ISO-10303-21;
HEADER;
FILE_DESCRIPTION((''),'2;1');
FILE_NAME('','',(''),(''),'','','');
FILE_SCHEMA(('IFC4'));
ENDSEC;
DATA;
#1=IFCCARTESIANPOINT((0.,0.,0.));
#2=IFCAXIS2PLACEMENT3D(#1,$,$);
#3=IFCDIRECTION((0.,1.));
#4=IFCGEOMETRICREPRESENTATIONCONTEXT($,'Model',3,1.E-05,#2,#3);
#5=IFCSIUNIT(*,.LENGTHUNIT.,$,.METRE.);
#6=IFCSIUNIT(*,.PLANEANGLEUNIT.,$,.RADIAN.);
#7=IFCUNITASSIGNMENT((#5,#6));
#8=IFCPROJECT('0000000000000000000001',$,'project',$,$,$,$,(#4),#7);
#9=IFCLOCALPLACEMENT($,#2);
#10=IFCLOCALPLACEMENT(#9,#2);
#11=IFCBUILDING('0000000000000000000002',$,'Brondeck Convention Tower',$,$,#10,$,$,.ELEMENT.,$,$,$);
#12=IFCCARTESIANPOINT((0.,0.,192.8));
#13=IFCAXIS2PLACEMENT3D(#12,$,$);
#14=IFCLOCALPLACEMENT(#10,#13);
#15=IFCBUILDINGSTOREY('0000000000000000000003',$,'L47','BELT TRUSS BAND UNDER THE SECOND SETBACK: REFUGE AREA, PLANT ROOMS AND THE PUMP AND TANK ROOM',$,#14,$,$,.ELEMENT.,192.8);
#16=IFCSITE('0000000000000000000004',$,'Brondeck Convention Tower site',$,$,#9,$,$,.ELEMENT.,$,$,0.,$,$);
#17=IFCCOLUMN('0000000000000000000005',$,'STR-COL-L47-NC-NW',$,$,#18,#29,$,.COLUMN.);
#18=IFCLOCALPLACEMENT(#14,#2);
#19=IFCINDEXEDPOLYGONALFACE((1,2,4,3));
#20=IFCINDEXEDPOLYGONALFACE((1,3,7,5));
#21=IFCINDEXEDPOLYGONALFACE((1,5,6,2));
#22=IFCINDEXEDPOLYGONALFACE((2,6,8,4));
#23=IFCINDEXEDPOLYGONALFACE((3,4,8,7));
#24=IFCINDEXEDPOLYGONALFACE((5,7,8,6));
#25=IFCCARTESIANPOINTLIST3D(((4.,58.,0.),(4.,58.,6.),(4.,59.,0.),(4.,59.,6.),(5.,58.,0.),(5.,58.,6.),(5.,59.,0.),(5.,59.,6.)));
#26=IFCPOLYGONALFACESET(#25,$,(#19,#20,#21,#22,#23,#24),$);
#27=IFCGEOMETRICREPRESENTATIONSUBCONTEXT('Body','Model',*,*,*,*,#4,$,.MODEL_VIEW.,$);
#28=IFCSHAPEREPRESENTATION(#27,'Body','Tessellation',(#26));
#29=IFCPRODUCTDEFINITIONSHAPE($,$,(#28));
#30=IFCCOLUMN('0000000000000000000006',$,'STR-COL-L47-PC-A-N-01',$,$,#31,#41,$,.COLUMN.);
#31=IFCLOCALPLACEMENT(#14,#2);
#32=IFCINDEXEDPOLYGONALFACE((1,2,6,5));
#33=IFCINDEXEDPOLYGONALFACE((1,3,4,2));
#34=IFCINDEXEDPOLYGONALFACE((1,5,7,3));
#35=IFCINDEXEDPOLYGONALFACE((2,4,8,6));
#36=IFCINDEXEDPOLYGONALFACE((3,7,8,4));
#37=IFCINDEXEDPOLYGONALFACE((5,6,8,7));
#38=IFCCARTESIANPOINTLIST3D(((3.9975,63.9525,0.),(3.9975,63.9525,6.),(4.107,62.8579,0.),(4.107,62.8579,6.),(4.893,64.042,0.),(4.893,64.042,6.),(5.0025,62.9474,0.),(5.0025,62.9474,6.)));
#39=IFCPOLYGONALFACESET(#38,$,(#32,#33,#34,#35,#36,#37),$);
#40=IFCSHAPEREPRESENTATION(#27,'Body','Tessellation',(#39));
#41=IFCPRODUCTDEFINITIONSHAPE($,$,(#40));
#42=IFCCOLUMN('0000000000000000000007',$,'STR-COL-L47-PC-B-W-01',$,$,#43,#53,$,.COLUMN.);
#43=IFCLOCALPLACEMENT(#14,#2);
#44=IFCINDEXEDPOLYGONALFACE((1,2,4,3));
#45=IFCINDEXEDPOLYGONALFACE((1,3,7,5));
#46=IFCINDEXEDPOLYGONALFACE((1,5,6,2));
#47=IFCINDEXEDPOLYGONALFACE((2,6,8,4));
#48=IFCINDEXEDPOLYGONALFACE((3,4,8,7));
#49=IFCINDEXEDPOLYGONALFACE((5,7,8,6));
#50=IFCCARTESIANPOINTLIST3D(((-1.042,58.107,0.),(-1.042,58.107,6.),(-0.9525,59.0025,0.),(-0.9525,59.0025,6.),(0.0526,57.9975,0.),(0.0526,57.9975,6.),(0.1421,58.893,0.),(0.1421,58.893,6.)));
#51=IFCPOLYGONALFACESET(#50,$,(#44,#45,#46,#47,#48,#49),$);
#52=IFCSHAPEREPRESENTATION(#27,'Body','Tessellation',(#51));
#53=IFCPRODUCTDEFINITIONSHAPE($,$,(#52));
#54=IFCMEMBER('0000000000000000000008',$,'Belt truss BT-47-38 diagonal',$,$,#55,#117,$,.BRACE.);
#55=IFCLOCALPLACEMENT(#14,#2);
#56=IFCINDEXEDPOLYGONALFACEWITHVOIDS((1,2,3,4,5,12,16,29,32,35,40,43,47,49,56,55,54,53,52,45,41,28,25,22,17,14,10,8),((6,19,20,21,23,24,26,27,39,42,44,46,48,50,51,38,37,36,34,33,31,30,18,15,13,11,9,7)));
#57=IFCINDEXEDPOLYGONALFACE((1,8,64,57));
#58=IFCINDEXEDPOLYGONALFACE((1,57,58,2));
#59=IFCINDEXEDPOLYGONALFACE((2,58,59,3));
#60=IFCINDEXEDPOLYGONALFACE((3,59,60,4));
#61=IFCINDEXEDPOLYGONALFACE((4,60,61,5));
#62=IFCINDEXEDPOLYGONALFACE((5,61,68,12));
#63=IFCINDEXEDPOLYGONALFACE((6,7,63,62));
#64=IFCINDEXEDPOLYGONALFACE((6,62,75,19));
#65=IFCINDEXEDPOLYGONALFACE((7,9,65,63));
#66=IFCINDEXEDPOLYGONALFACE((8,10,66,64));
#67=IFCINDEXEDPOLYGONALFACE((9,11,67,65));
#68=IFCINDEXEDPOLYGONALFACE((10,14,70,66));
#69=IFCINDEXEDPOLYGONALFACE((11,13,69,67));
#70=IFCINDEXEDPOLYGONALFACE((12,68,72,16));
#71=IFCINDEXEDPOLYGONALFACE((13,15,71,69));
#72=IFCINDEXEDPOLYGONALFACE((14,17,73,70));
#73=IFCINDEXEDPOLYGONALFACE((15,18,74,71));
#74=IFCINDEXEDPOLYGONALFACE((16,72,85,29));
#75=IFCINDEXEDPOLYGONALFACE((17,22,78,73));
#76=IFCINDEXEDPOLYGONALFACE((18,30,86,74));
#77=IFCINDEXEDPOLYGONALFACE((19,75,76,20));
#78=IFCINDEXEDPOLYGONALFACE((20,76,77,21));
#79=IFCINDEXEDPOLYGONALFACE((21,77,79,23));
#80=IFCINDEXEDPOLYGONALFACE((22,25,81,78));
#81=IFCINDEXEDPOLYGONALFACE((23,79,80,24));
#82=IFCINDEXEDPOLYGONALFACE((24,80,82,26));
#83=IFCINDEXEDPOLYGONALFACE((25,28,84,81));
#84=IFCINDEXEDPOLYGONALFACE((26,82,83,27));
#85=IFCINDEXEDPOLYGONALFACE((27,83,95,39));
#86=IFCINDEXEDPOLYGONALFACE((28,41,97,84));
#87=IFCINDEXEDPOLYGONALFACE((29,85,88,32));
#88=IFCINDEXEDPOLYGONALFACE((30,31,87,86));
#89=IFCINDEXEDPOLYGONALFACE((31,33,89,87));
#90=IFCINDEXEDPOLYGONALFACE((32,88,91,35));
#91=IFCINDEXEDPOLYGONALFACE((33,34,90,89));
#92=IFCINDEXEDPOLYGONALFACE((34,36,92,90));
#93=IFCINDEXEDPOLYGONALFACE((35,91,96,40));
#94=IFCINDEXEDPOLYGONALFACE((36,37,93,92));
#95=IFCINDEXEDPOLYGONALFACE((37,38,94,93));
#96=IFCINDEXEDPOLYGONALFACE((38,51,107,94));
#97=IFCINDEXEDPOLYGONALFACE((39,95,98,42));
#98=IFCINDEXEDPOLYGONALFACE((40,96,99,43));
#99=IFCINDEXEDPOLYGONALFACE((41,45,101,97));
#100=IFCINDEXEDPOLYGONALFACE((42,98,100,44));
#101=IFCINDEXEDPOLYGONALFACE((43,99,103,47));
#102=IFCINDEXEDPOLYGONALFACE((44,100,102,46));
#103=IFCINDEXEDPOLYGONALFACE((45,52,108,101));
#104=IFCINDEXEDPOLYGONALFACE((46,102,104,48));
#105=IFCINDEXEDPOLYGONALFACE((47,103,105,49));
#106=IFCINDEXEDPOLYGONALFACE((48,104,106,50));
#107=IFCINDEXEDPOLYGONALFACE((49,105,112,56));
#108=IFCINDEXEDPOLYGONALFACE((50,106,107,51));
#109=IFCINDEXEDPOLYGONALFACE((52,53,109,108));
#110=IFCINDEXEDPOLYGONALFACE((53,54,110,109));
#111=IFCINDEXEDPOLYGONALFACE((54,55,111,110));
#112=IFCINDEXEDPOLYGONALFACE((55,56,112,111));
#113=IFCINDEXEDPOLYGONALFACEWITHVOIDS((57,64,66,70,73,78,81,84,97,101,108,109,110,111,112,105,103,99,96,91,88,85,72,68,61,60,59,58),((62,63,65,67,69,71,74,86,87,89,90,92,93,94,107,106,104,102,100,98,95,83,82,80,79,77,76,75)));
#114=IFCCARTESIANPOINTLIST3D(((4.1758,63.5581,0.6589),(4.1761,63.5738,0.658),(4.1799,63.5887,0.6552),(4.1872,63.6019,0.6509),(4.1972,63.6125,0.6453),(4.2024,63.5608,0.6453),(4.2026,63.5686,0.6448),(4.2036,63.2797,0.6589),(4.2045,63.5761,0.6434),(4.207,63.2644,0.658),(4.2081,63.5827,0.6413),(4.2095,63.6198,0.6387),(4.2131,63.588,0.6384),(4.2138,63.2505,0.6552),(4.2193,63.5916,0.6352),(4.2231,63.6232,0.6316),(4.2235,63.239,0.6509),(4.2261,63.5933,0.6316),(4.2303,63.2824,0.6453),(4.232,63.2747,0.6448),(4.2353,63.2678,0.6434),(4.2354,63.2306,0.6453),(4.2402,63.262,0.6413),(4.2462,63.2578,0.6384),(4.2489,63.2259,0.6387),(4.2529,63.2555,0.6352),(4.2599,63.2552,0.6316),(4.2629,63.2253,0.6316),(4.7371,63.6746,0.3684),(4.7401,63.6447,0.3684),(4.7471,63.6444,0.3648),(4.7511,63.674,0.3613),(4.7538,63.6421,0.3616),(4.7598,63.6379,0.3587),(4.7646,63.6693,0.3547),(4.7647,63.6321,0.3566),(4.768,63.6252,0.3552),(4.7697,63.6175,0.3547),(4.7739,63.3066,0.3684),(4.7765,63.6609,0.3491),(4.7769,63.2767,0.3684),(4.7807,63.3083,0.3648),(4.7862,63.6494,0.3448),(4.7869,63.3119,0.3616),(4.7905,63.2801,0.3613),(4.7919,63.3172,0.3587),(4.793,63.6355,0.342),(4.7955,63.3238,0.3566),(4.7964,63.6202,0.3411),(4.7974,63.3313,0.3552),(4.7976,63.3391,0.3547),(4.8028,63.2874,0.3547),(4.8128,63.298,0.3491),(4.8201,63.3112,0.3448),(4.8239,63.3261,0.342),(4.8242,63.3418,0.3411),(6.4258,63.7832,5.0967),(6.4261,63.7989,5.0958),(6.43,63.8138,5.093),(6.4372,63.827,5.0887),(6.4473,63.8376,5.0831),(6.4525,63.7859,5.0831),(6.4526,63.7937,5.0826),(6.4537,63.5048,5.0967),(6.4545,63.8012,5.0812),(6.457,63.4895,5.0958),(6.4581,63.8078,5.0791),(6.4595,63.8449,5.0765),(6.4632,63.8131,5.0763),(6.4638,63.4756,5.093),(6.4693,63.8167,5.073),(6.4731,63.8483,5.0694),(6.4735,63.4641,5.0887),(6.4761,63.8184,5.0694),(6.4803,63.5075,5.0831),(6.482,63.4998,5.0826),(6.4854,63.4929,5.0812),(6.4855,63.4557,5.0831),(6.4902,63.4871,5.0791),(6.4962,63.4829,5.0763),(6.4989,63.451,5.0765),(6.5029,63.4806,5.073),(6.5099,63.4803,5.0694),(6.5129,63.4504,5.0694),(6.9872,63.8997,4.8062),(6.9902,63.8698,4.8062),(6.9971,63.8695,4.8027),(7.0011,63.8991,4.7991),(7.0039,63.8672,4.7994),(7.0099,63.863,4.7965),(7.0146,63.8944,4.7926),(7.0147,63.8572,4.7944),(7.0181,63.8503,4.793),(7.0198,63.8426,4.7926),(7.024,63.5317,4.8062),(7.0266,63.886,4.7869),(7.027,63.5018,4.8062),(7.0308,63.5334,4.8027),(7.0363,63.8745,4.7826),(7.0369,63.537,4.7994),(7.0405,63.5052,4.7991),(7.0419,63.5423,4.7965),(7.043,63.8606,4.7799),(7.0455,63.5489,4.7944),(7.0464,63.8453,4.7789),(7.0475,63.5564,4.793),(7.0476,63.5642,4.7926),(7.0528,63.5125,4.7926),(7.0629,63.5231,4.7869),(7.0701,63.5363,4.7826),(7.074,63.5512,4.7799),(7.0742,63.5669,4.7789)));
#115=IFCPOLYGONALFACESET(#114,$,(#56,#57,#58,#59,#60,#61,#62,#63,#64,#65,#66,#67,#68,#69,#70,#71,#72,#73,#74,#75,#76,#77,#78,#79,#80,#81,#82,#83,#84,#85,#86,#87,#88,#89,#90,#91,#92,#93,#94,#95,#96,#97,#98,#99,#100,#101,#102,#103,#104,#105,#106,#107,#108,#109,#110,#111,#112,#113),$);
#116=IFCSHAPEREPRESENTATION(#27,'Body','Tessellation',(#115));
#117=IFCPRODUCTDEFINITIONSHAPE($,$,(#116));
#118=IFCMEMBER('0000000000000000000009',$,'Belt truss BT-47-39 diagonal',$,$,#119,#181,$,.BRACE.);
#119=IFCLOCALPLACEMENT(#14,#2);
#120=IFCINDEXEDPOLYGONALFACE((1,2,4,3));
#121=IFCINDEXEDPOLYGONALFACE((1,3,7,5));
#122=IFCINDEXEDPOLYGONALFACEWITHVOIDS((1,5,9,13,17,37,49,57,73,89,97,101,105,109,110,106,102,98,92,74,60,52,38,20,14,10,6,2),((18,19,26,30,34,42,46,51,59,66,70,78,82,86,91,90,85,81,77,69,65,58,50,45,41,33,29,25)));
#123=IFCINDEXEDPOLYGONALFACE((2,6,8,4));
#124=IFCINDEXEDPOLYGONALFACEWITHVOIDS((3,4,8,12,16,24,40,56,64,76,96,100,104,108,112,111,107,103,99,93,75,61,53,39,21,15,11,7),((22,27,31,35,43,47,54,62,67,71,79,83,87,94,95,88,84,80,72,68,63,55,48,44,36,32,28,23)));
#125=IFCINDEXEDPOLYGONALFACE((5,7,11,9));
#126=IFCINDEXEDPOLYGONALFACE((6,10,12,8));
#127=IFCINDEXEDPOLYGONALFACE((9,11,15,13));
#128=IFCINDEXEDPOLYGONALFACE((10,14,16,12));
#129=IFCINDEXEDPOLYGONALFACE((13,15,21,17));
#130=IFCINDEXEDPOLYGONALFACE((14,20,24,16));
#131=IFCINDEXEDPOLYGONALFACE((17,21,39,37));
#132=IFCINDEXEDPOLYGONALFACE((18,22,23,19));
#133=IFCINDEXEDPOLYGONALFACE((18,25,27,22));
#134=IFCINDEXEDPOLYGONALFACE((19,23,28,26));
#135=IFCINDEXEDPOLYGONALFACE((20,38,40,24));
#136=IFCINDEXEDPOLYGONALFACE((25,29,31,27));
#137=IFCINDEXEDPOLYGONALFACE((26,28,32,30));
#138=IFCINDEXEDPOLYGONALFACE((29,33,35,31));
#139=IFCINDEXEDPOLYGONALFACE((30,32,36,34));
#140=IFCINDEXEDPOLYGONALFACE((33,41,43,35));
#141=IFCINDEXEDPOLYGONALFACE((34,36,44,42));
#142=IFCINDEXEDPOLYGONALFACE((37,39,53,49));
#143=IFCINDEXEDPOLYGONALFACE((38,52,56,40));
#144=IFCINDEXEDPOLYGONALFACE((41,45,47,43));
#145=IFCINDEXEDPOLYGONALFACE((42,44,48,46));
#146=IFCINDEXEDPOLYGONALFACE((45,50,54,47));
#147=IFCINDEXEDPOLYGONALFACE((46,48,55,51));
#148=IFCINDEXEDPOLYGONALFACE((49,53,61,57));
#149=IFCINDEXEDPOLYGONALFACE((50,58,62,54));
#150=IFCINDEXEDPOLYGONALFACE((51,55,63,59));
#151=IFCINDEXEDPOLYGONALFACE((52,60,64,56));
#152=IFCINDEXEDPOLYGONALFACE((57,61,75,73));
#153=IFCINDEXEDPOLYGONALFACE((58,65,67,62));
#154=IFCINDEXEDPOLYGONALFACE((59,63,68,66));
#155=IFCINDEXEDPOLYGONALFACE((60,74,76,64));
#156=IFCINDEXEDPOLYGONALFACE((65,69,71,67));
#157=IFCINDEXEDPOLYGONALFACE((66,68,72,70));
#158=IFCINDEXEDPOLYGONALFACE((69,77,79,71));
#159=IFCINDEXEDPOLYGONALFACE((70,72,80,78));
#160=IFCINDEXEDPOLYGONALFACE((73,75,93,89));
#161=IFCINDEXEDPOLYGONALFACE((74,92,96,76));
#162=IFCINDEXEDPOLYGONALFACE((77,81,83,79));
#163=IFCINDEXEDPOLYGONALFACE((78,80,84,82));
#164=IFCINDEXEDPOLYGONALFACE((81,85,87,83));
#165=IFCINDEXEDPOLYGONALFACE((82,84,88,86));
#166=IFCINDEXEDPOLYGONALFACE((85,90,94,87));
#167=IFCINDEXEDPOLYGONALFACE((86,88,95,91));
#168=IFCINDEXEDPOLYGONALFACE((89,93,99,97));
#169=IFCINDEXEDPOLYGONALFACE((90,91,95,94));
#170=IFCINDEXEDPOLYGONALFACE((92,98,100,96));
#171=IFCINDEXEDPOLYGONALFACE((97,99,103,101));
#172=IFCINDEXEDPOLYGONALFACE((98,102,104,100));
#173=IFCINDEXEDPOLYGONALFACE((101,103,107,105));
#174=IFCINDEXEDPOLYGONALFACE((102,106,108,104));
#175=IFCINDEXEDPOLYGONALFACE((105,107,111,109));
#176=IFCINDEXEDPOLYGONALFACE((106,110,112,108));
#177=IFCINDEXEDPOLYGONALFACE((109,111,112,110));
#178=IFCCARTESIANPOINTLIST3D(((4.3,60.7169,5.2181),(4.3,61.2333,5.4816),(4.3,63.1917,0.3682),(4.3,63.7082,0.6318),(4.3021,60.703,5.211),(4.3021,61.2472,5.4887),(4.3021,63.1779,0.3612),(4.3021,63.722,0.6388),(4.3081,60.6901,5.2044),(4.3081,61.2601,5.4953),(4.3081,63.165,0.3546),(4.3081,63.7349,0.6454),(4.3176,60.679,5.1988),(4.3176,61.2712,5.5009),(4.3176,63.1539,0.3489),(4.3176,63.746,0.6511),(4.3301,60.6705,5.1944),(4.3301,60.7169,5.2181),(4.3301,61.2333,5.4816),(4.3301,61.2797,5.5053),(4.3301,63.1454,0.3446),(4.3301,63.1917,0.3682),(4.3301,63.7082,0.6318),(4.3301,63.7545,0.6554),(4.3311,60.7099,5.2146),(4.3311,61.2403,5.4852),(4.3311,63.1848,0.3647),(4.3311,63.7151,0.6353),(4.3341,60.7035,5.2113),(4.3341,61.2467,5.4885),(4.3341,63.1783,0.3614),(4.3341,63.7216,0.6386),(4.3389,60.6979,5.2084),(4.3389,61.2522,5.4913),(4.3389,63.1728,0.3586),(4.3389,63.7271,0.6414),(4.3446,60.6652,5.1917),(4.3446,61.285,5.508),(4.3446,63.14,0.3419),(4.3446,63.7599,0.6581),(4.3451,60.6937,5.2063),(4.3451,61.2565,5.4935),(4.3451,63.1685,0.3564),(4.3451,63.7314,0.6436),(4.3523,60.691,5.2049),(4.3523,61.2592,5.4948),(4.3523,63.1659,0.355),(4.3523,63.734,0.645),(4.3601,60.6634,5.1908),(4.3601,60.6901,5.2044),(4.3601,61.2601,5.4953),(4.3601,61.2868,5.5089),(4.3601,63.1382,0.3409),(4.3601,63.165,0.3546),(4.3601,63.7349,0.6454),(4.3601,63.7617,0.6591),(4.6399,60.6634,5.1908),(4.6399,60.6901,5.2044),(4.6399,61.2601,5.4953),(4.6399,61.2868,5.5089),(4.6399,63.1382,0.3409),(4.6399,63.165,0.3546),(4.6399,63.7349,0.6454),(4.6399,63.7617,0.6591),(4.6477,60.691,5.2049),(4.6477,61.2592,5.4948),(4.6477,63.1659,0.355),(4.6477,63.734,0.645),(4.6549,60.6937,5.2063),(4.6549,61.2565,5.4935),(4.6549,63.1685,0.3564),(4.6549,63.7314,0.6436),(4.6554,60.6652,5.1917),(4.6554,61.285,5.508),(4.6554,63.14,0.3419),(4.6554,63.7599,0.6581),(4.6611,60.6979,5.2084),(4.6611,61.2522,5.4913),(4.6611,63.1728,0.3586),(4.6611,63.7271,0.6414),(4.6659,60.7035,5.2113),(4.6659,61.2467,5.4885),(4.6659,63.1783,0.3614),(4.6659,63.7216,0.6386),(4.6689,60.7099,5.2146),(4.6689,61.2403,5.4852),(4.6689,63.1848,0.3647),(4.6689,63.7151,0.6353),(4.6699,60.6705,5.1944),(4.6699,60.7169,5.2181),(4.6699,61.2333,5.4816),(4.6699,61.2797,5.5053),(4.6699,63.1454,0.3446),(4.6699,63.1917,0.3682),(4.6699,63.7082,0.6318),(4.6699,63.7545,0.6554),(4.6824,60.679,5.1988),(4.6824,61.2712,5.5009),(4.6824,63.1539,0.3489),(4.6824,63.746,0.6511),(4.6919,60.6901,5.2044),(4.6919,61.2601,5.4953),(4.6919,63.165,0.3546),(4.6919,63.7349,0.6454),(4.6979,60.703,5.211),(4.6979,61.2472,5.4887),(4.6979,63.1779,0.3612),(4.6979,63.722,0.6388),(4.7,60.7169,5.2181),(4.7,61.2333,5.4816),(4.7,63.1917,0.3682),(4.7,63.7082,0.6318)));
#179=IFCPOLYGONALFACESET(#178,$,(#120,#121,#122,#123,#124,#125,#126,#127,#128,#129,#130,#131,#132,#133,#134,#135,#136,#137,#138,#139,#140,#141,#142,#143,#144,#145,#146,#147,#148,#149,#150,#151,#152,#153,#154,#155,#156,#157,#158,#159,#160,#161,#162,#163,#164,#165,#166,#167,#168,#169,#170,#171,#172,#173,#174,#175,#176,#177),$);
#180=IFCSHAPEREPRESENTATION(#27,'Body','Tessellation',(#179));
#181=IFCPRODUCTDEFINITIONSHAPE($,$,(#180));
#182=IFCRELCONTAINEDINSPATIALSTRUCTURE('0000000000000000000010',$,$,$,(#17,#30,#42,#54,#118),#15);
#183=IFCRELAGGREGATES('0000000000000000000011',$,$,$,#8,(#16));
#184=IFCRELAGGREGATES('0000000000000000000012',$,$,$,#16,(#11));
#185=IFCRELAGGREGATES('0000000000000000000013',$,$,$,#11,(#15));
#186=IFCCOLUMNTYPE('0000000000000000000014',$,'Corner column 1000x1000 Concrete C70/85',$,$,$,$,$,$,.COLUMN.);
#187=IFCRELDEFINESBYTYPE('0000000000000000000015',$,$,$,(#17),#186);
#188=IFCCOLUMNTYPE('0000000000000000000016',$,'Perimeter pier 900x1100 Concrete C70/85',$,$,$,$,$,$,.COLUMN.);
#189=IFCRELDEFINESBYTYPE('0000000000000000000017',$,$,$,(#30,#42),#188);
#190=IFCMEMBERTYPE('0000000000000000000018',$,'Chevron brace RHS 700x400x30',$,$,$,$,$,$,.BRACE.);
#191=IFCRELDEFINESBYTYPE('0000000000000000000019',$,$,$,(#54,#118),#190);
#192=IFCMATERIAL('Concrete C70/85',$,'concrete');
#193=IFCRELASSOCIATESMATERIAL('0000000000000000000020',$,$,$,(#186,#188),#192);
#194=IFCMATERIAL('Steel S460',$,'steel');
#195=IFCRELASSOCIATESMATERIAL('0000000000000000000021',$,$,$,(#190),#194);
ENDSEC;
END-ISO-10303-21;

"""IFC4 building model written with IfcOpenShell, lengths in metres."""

from ifc_helpers import new_model, si_unit, direction, frame, origin, origin_2d, place, context, subcontext, project, spatial, rectangle, hollow_rectangle, extrude, material, material_profile, profile_set, type_object, element, save


model = new_model("IFC4")

# Units and contexts
model_context = context("Model", 3, precision=1e-05, world=origin(), true_north=direction((0.0, 1.0)))
body_context = subcontext(model_context, "Body", "Model", "MODEL_VIEW")
ifc_project = project(units=[si_unit("LENGTHUNIT", "METRE"), si_unit("PLANEANGLEUNIT", "RADIAN")], contexts=[model_context])

# Site, building, storey
site_placement = place(None, origin())
site = spatial("IfcSite", under=ifc_project, at=site_placement, Name="Brondeck Convention Tower site", CompositionType="ELEMENT", RefElevation=0.0)
building_placement = place(site_placement, origin())
building = spatial("IfcBuilding", under=site, at=building_placement, Name="Brondeck Convention Tower", CompositionType="ELEMENT")
storey_placement = place(building_placement, frame((0.0, 0.0, 192.8)))
storey = spatial("IfcBuildingStorey", under=building, at=storey_placement, Name="L47", Description="BELT TRUSS BAND UNDER THE SECOND SETBACK: REFUGE AREA, PLANT ROOMS AND THE PUMP AND TANK ROOM", CompositionType="ELEMENT", Elevation=192.8)

# Columns
ifc_material_1 = material(Name="Concrete C70/85", Category="concrete")
ifc_material_profile_1 = material_profile(ifc_material_1, rectangle(XDim=1.0, YDim=1.0, at=origin_2d()), Name="Corner column 1000x1000 Concrete C70/85")
ifc_profile_set_1 = profile_set([ifc_material_profile_1], Name="Concrete C70/85")
column_type_1 = type_object("IfcColumnType", Name="Corner column 1000x1000 Concrete C70/85", PredefinedType="COLUMN", material=ifc_profile_set_1)
column_placement = place(storey_placement, frame((4.5, 58.5, 0.0), z_axis=(0.0, 0.0, 1.0), x_axis=(1.0, 0.0, 0.0)))
element("IfcColumn", 1, at=column_placement, inside=storey, type_object=column_type_1, Name="STR-COL-L47-NC-NW", PredefinedType="COLUMN", context=body_context, shape_type="SweptSolid", body=[
    extrude(rectangle(XDim=1.0, YDim=1.0, at=origin_2d()), origin(), (0.0, 0.0, 1.0), 6.0),
])
ifc_material_profile_2 = material_profile(ifc_material_1, rectangle(XDim=0.8999, YDim=1.1001, at=origin_2d()), Name="Perimeter pier 900x1100 Concrete C70/85")
ifc_profile_set_2 = profile_set([ifc_material_profile_2], Name="Concrete C70/85")
column_type_2 = type_object("IfcColumnType", Name="Perimeter pier 900x1100 Concrete C70/85", PredefinedType="COLUMN", material=ifc_profile_set_2)
for number, where, z_axis, x_axis, name in (
    (2, (4.5, 63.45, 0.0), (0.0, 0.0, 1.0), (-0.995037, -0.099504, 0.0), "STR-COL-L47-PC-A-N-01"),
    (3, (-0.45, 58.5, 0.0), (0.0, 0.0, 1.0), (-0.099504, -0.995037, 0.0), "STR-COL-L47-PC-B-W-01"),
):
    element("IfcColumn", number, at=place(storey_placement, frame(where, z_axis=z_axis, x_axis=x_axis)), inside=storey, type_object=column_type_2, Name=name, PredefinedType="COLUMN", context=body_context, shape_type="SweptSolid", body=[
        extrude(rectangle(XDim=0.8999, YDim=1.1001, at=origin_2d()), origin(), (0.0, 0.0, 1.0), 6.0),
    ])

# Members
ifc_material_2 = material(Name="Steel S460", Category="steel")
ifc_material_profile_3 = material_profile(ifc_material_2, hollow_rectangle(XDim=0.3999, YDim=0.7, WallThickness=0.03, InnerFilletRadius=0.03, OuterFilletRadius=0.0601, at=origin_2d()), Name="RHS 700x400x30")
ifc_profile_set_3 = profile_set([ifc_material_profile_3], Name="Steel S460")
member_type_1 = type_object("IfcMemberType", Name="Chevron brace RHS 700x400x30", PredefinedType="BRACE", material=ifc_profile_set_3)
member_1_placement = place(storey_placement, frame((4.5, 63.45, 0.5), z_axis=(0.451749, 0.045195, 0.890999), x_axis=(-0.099546, 0.995033, 0.0)))
element("IfcMember", 4, at=member_1_placement, inside=storey, type_object=member_type_1, Name="Belt truss BT-47-38 diagonal", PredefinedType="BRACE", context=body_context, shape_type="SweptSolid", body=[
    extrude(hollow_rectangle(XDim=0.3999, YDim=0.7, WallThickness=0.03, InnerFilletRadius=0.03, OuterFilletRadius=0.0601, at=origin_2d()), origin(), (0.0, 0.0, 1.0), 4.9807),
])
for number, where, z_axis, x_axis, name in (
    (5, (4.5, 63.45, 0.5), (0.0, -0.454534, 0.890729), (1.0, 0.0, 0.0), "Belt truss BT-47-39 diagonal"),
):
    element("IfcMember", number, at=place(storey_placement, frame(where, z_axis=z_axis, x_axis=x_axis)), inside=storey, type_object=member_type_1, Name=name, PredefinedType="BRACE", context=body_context, shape_type="SweptSolid", body=[
        extrude(hollow_rectangle(XDim=0.3999, YDim=0.7, WallThickness=0.03, InnerFilletRadius=0.03, OuterFilletRadius=0.0601, at=origin_2d()), origin(), (0.0, 0.0, 1.0), 5.4448),
    ])

save(model, "model.ifc")
